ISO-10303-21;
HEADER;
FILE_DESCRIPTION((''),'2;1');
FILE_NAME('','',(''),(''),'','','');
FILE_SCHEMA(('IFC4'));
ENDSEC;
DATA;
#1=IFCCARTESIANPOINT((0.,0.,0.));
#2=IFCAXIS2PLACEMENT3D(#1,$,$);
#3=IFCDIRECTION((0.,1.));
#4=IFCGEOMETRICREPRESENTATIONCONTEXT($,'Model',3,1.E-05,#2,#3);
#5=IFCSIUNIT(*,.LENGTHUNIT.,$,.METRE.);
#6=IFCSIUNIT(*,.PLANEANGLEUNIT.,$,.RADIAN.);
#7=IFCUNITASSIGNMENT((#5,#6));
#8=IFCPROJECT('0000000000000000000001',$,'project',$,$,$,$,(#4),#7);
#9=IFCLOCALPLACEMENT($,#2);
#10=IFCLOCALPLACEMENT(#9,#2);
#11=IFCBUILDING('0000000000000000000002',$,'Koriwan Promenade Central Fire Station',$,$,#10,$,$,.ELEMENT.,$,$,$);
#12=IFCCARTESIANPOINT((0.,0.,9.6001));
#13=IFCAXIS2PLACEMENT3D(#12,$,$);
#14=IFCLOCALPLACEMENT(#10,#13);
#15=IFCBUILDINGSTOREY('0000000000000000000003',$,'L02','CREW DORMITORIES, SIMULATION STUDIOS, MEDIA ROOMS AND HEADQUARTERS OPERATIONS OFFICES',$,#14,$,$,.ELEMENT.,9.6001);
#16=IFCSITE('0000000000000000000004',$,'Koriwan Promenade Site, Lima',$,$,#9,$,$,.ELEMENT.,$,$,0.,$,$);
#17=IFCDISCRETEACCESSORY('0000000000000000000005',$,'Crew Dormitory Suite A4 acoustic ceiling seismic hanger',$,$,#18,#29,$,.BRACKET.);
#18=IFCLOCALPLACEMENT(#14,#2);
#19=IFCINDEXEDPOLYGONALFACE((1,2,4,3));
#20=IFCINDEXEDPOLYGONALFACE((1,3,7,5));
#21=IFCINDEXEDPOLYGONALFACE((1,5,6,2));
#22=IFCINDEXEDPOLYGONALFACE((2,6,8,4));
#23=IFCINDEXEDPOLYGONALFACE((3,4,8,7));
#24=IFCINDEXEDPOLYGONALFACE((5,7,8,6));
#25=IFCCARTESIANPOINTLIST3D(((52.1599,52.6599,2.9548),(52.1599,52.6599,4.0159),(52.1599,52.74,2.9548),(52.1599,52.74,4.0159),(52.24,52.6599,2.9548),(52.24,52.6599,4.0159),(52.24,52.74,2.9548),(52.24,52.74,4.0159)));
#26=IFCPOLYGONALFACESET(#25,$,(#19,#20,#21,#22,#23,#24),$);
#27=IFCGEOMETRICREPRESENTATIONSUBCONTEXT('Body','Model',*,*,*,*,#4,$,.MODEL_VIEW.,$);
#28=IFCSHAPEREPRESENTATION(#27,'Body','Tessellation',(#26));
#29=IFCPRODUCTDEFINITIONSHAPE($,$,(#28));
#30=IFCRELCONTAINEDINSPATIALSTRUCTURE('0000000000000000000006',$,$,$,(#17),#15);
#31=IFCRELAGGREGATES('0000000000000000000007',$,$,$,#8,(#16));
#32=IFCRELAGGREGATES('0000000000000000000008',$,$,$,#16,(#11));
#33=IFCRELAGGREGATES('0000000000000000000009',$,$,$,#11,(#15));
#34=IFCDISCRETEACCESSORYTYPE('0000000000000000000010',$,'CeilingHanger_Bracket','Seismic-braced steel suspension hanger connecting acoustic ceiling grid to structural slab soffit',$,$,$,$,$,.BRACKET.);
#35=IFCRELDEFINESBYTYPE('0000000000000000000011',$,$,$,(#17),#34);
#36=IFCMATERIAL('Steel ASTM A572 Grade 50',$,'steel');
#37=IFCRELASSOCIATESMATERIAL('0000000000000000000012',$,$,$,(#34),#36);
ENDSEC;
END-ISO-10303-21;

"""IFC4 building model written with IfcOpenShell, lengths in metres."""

from ifc_helpers import new_model, si_unit, direction, frame, origin, origin_2d, place, context, subcontext, project, spatial, rectangle, extrude, material, type_object, element, save


model = new_model("IFC4")

# Units and contexts
model_context = context("Model", 3, precision=1e-05, world=origin(), true_north=direction((0.0, 1.0)))
body_context = subcontext(model_context, "Body", "Model", "MODEL_VIEW")
ifc_project = project(units=[si_unit("LENGTHUNIT", "METRE"), si_unit("PLANEANGLEUNIT", "RADIAN")], contexts=[model_context])

# Site, building, storey
site_placement = place(None, origin())
site = spatial("IfcSite", under=ifc_project, at=site_placement, Name="Koriwan Promenade Site, Lima", CompositionType="ELEMENT", RefElevation=0.0)
building_placement = place(site_placement, origin())
building = spatial("IfcBuilding", under=site, at=building_placement, Name="Koriwan Promenade Central Fire Station", CompositionType="ELEMENT")
storey_placement = place(building_placement, frame((0.0, 0.0, 9.6001)))
storey = spatial("IfcBuildingStorey", under=building, at=storey_placement, Name="L02", Description="CREW DORMITORIES, SIMULATION STUDIOS, MEDIA ROOMS AND HEADQUARTERS OPERATIONS OFFICES", CompositionType="ELEMENT", Elevation=9.6001)

# Shared definitions
ifc_material_1 = material(Name="Steel ASTM A572 Grade 50", Category="steel")

# Discrete accessory
discrete_accessory_type = type_object("IfcDiscreteAccessoryType", Name="CeilingHanger_Bracket", Description="Seismic-braced steel suspension hanger connecting acoustic ceiling grid to structural slab soffit", PredefinedType="BRACKET", material=ifc_material_1)
discrete_accessory_placement = place(storey_placement, frame((52.2, 52.7, 2.9548), z_axis=(0.0, 0.0, 1.0), x_axis=(1.0, 0.0, 0.0)))
element("IfcDiscreteAccessory", 1, at=discrete_accessory_placement, inside=storey, type_object=discrete_accessory_type, Name="Crew Dormitory Suite A4 acoustic ceiling seismic hanger", PredefinedType="BRACKET", context=body_context, shape_type="SweptSolid", body=[
    extrude(rectangle(XDim=0.0801, YDim=0.0801, at=origin_2d()), origin(), (0.0, 0.0, 1.0), 1.061),
])

save(model, "model.ifc")
